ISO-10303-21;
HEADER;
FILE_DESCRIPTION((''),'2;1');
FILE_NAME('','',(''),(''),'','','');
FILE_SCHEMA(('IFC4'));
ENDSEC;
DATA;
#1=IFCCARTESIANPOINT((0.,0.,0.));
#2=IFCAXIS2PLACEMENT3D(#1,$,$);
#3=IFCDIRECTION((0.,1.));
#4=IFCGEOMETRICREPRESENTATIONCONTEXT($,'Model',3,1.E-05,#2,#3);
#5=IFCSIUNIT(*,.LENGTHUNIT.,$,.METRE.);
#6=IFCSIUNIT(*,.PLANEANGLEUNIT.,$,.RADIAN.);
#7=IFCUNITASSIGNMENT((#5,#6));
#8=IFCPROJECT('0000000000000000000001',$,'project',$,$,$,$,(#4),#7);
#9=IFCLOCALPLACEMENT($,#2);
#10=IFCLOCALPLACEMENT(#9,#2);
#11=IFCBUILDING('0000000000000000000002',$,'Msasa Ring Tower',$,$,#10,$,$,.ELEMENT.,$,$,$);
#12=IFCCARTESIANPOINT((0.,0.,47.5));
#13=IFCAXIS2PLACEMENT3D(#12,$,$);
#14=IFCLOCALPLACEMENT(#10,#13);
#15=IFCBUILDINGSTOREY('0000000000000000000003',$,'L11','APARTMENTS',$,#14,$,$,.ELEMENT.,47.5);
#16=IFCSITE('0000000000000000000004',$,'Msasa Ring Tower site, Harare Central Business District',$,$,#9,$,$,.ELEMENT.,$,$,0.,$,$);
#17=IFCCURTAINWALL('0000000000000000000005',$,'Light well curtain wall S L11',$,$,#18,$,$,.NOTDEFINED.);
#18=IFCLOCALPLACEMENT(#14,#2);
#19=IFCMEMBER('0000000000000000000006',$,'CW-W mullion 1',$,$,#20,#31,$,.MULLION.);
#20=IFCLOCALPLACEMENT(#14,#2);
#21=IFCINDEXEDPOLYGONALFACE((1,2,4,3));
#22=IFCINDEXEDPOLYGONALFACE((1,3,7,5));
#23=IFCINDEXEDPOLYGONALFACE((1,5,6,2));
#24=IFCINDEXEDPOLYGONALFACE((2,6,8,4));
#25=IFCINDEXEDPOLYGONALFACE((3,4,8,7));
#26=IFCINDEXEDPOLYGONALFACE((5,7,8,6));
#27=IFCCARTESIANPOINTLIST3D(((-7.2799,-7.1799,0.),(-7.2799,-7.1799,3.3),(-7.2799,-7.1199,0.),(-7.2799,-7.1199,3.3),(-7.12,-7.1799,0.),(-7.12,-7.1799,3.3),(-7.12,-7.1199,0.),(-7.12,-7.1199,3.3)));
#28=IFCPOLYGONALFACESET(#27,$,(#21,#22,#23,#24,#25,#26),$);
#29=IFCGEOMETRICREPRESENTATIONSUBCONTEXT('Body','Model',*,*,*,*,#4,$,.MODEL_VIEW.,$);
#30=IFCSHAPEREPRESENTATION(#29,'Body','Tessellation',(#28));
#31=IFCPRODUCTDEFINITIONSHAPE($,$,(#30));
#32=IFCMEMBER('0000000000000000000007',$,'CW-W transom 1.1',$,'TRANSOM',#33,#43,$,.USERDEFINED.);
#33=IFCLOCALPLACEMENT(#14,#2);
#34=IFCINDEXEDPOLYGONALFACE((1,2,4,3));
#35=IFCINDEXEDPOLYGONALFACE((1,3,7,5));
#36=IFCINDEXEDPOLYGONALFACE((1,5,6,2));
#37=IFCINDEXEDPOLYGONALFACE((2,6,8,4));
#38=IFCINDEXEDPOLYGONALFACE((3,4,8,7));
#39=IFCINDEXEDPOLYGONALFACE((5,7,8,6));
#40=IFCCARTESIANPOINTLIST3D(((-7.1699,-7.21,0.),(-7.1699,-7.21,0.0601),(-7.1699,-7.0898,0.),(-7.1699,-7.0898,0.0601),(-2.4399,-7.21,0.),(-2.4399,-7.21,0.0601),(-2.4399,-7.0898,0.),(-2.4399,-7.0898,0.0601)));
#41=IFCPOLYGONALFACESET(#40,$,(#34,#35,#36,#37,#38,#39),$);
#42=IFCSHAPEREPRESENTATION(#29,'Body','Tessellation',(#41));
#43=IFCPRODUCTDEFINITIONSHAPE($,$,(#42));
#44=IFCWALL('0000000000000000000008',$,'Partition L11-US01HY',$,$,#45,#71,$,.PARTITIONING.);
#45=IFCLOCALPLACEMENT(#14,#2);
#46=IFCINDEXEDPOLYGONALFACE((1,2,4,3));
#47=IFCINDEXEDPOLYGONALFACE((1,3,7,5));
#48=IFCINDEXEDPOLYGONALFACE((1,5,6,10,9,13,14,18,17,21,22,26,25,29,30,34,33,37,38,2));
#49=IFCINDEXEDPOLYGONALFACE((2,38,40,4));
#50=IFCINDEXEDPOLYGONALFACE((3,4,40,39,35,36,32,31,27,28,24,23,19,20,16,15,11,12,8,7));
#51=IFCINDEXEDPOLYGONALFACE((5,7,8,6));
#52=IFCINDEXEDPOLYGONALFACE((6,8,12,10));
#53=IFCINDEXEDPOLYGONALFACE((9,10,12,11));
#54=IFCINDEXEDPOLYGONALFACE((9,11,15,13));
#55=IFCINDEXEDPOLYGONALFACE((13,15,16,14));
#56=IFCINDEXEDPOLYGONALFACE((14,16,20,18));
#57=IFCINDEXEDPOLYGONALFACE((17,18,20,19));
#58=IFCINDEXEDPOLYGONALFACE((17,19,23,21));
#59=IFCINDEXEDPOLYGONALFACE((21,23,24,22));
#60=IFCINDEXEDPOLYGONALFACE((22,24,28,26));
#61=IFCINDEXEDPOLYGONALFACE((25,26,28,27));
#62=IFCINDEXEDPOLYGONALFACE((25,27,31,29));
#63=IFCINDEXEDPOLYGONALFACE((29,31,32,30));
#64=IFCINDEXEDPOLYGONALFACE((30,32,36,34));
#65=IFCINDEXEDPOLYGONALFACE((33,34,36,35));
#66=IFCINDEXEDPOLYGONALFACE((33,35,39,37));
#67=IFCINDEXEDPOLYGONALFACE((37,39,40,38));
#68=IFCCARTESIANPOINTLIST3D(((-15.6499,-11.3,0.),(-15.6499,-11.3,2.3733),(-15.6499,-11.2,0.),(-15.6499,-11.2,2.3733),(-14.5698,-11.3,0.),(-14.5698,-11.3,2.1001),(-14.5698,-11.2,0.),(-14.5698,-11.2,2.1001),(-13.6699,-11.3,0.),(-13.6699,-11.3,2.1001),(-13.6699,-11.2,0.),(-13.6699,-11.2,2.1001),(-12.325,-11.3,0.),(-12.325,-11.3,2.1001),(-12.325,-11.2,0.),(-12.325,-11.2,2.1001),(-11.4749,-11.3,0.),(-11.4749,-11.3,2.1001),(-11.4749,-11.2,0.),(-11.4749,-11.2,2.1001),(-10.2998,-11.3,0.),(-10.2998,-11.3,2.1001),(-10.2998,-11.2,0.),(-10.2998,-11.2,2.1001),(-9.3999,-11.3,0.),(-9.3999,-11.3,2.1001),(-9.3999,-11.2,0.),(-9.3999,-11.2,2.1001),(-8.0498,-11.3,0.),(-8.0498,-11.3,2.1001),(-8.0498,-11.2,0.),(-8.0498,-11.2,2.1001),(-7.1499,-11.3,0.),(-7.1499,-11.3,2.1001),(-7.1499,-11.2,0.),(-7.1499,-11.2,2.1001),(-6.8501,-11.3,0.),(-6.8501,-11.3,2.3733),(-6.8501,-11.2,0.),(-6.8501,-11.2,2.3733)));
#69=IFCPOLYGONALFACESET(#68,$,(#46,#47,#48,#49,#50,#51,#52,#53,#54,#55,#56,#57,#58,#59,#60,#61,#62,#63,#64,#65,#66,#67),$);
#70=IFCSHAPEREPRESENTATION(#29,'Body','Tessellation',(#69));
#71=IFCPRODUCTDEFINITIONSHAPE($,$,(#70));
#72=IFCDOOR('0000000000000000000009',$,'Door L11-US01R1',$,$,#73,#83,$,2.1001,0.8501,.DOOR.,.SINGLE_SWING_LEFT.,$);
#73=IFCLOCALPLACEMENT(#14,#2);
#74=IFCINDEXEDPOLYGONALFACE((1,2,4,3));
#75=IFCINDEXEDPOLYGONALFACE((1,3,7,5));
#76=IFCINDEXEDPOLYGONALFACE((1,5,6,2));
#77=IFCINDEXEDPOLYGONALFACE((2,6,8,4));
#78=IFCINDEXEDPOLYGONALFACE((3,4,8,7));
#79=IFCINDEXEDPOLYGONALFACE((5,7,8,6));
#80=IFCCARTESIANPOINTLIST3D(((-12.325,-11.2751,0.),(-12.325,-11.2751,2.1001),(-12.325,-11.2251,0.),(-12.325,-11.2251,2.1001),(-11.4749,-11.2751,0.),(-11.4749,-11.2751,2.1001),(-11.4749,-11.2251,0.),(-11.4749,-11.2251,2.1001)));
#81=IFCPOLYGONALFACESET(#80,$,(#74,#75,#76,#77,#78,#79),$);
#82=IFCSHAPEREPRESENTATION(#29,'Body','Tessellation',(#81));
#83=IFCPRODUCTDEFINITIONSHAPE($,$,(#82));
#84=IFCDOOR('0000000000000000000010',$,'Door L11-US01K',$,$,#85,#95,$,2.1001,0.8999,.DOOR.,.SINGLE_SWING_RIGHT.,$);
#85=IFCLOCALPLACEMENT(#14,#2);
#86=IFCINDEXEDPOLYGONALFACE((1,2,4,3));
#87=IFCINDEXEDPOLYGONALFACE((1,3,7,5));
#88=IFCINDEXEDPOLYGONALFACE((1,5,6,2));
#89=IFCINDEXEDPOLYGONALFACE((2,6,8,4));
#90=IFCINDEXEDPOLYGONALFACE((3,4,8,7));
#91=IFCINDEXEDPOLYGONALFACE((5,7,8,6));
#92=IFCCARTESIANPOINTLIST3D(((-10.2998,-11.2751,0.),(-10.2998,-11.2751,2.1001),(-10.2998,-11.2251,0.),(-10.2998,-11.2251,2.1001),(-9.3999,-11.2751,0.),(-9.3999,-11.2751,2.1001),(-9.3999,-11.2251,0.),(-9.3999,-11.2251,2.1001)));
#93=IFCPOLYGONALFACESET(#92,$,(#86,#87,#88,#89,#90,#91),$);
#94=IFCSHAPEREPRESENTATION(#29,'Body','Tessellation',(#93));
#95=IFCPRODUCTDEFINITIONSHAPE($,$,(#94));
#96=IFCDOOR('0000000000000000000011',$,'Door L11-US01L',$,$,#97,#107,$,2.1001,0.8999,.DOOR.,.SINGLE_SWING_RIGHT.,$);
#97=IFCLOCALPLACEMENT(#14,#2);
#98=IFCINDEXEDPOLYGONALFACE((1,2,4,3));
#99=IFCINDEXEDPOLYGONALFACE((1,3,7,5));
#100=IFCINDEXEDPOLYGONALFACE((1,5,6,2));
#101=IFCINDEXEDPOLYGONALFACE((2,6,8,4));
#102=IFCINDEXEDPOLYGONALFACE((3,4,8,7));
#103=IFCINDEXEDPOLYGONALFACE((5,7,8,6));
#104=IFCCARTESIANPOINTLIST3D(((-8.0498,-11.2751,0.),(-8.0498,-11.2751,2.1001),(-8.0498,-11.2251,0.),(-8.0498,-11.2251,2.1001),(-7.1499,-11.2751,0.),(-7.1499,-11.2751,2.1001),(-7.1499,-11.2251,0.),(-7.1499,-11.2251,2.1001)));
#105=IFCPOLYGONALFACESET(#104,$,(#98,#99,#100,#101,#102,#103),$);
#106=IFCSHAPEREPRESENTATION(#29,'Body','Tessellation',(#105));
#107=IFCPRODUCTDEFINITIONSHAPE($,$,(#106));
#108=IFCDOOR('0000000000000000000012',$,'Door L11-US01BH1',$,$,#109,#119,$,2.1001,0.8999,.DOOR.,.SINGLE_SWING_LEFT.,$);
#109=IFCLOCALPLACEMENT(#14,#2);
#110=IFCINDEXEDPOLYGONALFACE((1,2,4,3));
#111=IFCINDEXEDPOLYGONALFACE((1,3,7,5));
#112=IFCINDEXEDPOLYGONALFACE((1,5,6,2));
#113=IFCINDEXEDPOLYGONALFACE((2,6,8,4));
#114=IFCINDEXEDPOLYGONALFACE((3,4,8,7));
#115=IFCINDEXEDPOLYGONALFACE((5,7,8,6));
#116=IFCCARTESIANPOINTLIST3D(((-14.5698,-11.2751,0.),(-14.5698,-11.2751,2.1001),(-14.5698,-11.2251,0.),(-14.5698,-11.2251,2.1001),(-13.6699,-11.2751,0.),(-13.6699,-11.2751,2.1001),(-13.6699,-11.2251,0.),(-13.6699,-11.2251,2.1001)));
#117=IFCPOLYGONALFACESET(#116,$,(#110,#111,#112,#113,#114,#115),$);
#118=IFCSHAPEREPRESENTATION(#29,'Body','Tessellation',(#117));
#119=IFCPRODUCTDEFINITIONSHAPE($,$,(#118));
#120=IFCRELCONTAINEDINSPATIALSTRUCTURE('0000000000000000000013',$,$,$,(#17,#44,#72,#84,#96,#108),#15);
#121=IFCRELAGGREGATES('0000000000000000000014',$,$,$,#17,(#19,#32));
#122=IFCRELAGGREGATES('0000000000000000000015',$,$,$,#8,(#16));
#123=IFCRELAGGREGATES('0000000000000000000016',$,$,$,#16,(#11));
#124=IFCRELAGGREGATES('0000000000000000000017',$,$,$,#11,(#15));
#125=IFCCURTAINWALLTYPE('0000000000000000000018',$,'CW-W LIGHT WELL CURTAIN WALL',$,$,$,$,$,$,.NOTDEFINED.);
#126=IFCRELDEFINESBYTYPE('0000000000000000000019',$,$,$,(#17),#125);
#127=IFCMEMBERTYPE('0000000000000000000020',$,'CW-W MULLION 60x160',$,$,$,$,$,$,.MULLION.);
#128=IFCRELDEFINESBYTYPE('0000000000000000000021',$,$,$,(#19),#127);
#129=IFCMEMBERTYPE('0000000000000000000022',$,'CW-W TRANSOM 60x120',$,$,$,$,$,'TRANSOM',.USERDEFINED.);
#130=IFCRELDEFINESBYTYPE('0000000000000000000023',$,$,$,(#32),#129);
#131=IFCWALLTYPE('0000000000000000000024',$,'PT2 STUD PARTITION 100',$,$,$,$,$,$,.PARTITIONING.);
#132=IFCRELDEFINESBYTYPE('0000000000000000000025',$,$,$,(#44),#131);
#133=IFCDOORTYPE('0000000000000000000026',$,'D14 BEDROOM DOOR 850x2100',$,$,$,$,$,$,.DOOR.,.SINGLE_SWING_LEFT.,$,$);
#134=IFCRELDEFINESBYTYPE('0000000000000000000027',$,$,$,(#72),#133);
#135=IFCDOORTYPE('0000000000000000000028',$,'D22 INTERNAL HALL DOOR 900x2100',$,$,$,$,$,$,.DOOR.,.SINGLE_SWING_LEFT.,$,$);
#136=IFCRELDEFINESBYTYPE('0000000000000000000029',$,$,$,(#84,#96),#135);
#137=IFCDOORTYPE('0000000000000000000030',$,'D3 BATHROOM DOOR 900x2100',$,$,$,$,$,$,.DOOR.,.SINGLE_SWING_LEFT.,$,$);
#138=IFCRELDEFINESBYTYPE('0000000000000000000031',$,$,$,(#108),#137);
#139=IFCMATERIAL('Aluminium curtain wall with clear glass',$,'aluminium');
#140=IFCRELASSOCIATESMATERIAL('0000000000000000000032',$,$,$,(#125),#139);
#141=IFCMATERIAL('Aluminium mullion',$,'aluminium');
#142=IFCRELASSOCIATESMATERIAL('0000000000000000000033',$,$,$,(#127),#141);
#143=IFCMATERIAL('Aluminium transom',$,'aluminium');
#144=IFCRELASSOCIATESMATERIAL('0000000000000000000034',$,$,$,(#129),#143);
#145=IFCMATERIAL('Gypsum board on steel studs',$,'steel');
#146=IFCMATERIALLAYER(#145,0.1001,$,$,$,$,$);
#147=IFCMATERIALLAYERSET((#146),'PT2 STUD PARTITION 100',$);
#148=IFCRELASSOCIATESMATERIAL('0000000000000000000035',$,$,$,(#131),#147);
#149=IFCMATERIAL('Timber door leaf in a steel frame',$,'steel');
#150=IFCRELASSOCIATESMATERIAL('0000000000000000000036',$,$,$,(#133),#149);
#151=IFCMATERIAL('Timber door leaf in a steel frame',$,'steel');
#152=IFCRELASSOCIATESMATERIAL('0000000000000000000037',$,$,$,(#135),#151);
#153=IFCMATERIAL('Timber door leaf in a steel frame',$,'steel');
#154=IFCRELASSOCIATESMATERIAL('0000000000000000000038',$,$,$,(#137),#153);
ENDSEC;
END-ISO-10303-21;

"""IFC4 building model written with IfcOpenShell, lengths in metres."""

from ifc_helpers import new_model, si_unit, direction, frame, frame_2d, origin, origin_2d, place, context, subcontext, project, spatial, rectangle, extrude, material, layer, layer_set, material_profile, profile_set, type_object, element, fill, aggregate, save


model = new_model("IFC4")

# Units and contexts
model_context = context("Model", 3, precision=1e-05, world=origin(), true_north=direction((0.0, 1.0)))
body_context = subcontext(model_context, "Body", "Model", "MODEL_VIEW")
ifc_project = project(units=[si_unit("LENGTHUNIT", "METRE"), si_unit("PLANEANGLEUNIT", "RADIAN")], contexts=[model_context])

# Site, building, storey
site_placement = place(None, origin())
site = spatial("IfcSite", under=ifc_project, at=site_placement, Name="Msasa Ring Tower site, Harare Central Business District", CompositionType="ELEMENT", RefElevation=0.0)
building_placement = place(site_placement, origin())
building = spatial("IfcBuilding", under=site, at=building_placement, Name="Msasa Ring Tower", CompositionType="ELEMENT")
storey_placement = place(building_placement, frame((0.0, 0.0, 47.5)))
storey = spatial("IfcBuildingStorey", under=building, at=storey_placement, Name="L11", Description="APARTMENTS", CompositionType="ELEMENT", Elevation=47.5)

# Curtain wall, members
ifc_material_1 = material(Name="Aluminium curtain wall with clear glass", Category="aluminium")
curtain_wall_type = type_object("IfcCurtainWallType", Name="CW-W LIGHT WELL CURTAIN WALL", PredefinedType="NOTDEFINED", material=ifc_material_1)
curtain_wall_placement = place(storey_placement, origin())
curtain_wall = element("IfcCurtainWall", 1, at=curtain_wall_placement, inside=storey, type_object=curtain_wall_type, Name="Light well curtain wall S L11", PredefinedType="NOTDEFINED")
ifc_material_2 = material(Name="Aluminium mullion", Category="aluminium")
ifc_material_profile_1 = material_profile(ifc_material_2, rectangle(XDim=0.0601, YDim=0.1599, at=origin_2d()), Name="AL 60x160")
ifc_profile_set_1 = profile_set([ifc_material_profile_1], Name="Aluminium mullion")
member_type_1 = type_object("IfcMemberType", Name="CW-W MULLION 60x160", PredefinedType="MULLION", material=ifc_profile_set_1)
member_1_placement = place(storey_placement, frame((-7.2, -7.1499, 0.0), z_axis=(0.0, 0.0, 1.0), x_axis=(0.0, 1.0, 0.0)))
member_1 = element("IfcMember", 2, at=member_1_placement, type_object=member_type_1, Name="CW-W mullion 1", PredefinedType="MULLION", context=body_context, shape_type="SweptSolid", body=[
    extrude(rectangle(XDim=0.0601, YDim=0.1599, at=origin_2d()), origin(), (0.0, 0.0, 1.0), 3.3),
])
ifc_material_3 = material(Name="Aluminium transom", Category="aluminium")
ifc_material_profile_2 = material_profile(ifc_material_3, rectangle(XDim=0.1201, YDim=0.0601, at=origin_2d()), Name="AL 60x120")
ifc_profile_set_2 = profile_set([ifc_material_profile_2], Name="Aluminium transom")
member_type_2 = type_object("IfcMemberType", Name="CW-W TRANSOM 60x120", ElementType="TRANSOM", PredefinedType="USERDEFINED", material=ifc_profile_set_2)
member_2_placement = place(storey_placement, frame((-7.1699, -7.1499, 0.03), z_axis=(1.0, 0.0, 0.0), x_axis=(0.0, 1.0, 0.0)))
member_2 = element("IfcMember", 3, at=member_2_placement, type_object=member_type_2, Name="CW-W transom 1.1", ObjectType="TRANSOM", PredefinedType="USERDEFINED", context=body_context, shape_type="SweptSolid", body=[
    extrude(rectangle(XDim=0.1201, YDim=0.0601, at=origin_2d()), origin(), (0.0, 0.0, 1.0), 4.73),
])
aggregate(curtain_wall, [member_1, member_2])

# Wall, openings, doors
ifc_material_4 = material(Name="Gypsum board on steel studs", Category="steel")
ifc_layer_1 = layer(ifc_material_4, 0.1001)
ifc_layer_set_1 = layer_set([ifc_layer_1], Name="PT2 STUD PARTITION 100")
wall_type_1 = type_object("IfcWallType", Name="PT2 STUD PARTITION 100", PredefinedType="PARTITIONING", material=ifc_layer_set_1)
wall_1_placement = place(storey_placement, frame((-15.6499, -11.25, 0.0), z_axis=(0.0, 0.0, 1.0), x_axis=(1.0, 0.0, 0.0)))
wall_1 = element("IfcWall", 4, at=wall_1_placement, inside=storey, type_object=wall_type_1, Name="Partition L11-US01HY", PredefinedType="PARTITIONING", context=body_context, shape_type="SweptSolid", body=[
    extrude(rectangle(XDim=8.7998, YDim=0.1001, at=frame_2d((4.3999, 0.0))), origin(), (0.0, 0.0, 1.0), 2.3733),
])
opening_1_placement = place(wall_1_placement, frame((5.3501, 0.0, 0.0)))
opening_1 = element("IfcOpeningElement", 5, at=opening_1_placement, cuts=wall_1, PredefinedType="OPENING", context=body_context, shape_type="SweptSolid", body=[
    extrude(rectangle(XDim=0.8999, YDim=2.1001, at=frame_2d((0.45, 1.05))), frame((0.0, 0.0601, 0.0), z_axis=(0.0, -1.0, 0.0), x_axis=(1.0, 0.0, 0.0)), (0.0, 0.0, 1.0), 0.1201),
])
opening_2_placement = place(wall_1_placement, frame((7.6001, 0.0, 0.0)))
opening_2 = element("IfcOpeningElement", 6, at=opening_2_placement, cuts=wall_1, PredefinedType="OPENING", context=body_context, shape_type="SweptSolid", body=[
    extrude(rectangle(XDim=0.8999, YDim=2.1001, at=frame_2d((0.45, 1.05))), frame((0.0, 0.0601, 0.0), z_axis=(0.0, -1.0, 0.0), x_axis=(1.0, 0.0, 0.0)), (0.0, 0.0, 1.0), 0.1201),
])
opening_3_placement = place(wall_1_placement, frame((3.325, 0.0, 0.0)))
opening_3 = element("IfcOpeningElement", 7, at=opening_3_placement, cuts=wall_1, PredefinedType="OPENING", context=body_context, shape_type="SweptSolid", body=[
    extrude(rectangle(XDim=0.8501, YDim=2.1001, at=frame_2d((0.425, 1.05))), frame((0.0, 0.0601, 0.0), z_axis=(0.0, -1.0, 0.0), x_axis=(1.0, 0.0, 0.0)), (0.0, 0.0, 1.0), 0.1201),
])
opening_4_placement = place(wall_1_placement, frame((1.0801, 0.0, 0.0)))
opening_4 = element("IfcOpeningElement", 8, at=opening_4_placement, cuts=wall_1, PredefinedType="OPENING", context=body_context, shape_type="SweptSolid", body=[
    extrude(rectangle(XDim=0.8999, YDim=2.1001, at=frame_2d((0.45, 1.05))), frame((0.0, 0.0601, 0.0), z_axis=(0.0, -1.0, 0.0), x_axis=(1.0, 0.0, 0.0)), (0.0, 0.0, 1.0), 0.1201),
])
ifc_material_5 = material(Name="Timber door leaf in a steel frame", Category="steel")
door_type_1 = type_object("IfcDoorType", Name="D14 BEDROOM DOOR 850x2100", OperationType="SINGLE_SWING_LEFT", PredefinedType="DOOR", material=ifc_material_5)
door_1_placement = place(opening_3_placement, origin())
door_1 = element("IfcDoor", 9, at=door_1_placement, inside=storey, type_object=door_type_1, Name="Door L11-US01R1", OperationType="SINGLE_SWING_LEFT", OverallHeight=2.1001, OverallWidth=0.8501, PredefinedType="DOOR", context=body_context, shape_type="SweptSolid", body=[
    extrude(rectangle(XDim=0.8501, YDim=2.1001, at=frame_2d((0.425, 1.05))), frame((0.0, 0.0249, 0.0), z_axis=(0.0, -1.0, 0.0), x_axis=(1.0, 0.0, 0.0)), (0.0, 0.0, 1.0), 0.05),
])
fill(opening_3, door_1)
ifc_material_6 = material(Name="Timber door leaf in a steel frame", Category="steel")
door_type_2 = type_object("IfcDoorType", Name="D22 INTERNAL HALL DOOR 900x2100", OperationType="SINGLE_SWING_LEFT", PredefinedType="DOOR", material=ifc_material_6)
door_2_placement = place(opening_1_placement, origin())
door_2 = element("IfcDoor", 10, at=door_2_placement, inside=storey, type_object=door_type_2, Name="Door L11-US01K", OperationType="SINGLE_SWING_RIGHT", OverallHeight=2.1001, OverallWidth=0.8999, PredefinedType="DOOR", context=body_context, shape_type="SweptSolid", body=[
    extrude(rectangle(XDim=0.8999, YDim=2.1001, at=frame_2d((0.45, 1.05))), frame((0.0, 0.0249, 0.0), z_axis=(0.0, -1.0, 0.0), x_axis=(1.0, 0.0, 0.0)), (0.0, 0.0, 1.0), 0.05),
])
fill(opening_1, door_2)
door_3_placement = place(opening_2_placement, origin())
door_3 = element("IfcDoor", 11, at=door_3_placement, inside=storey, type_object=door_type_2, Name="Door L11-US01L", OperationType="SINGLE_SWING_RIGHT", OverallHeight=2.1001, OverallWidth=0.8999, PredefinedType="DOOR", context=body_context, shape_type="SweptSolid", body=[
    extrude(rectangle(XDim=0.8999, YDim=2.1001, at=frame_2d((0.45, 1.05))), frame((0.0, 0.0249, 0.0), z_axis=(0.0, -1.0, 0.0), x_axis=(1.0, 0.0, 0.0)), (0.0, 0.0, 1.0), 0.05),
])
fill(opening_2, door_3)
ifc_material_7 = material(Name="Timber door leaf in a steel frame", Category="steel")
door_type_3 = type_object("IfcDoorType", Name="D3 BATHROOM DOOR 900x2100", OperationType="SINGLE_SWING_LEFT", PredefinedType="DOOR", material=ifc_material_7)
door_4_placement = place(opening_4_placement, origin())
door_4 = element("IfcDoor", 12, at=door_4_placement, inside=storey, type_object=door_type_3, Name="Door L11-US01BH1", OperationType="SINGLE_SWING_LEFT", OverallHeight=2.1001, OverallWidth=0.8999, PredefinedType="DOOR", context=body_context, shape_type="SweptSolid", body=[
    extrude(rectangle(XDim=0.8999, YDim=2.1001, at=frame_2d((0.45, 1.05))), frame((0.0, 0.0249, 0.0), z_axis=(0.0, -1.0, 0.0), x_axis=(1.0, 0.0, 0.0)), (0.0, 0.0, 1.0), 0.05),
])
fill(opening_4, door_4)

save(model, "model.ifc")
